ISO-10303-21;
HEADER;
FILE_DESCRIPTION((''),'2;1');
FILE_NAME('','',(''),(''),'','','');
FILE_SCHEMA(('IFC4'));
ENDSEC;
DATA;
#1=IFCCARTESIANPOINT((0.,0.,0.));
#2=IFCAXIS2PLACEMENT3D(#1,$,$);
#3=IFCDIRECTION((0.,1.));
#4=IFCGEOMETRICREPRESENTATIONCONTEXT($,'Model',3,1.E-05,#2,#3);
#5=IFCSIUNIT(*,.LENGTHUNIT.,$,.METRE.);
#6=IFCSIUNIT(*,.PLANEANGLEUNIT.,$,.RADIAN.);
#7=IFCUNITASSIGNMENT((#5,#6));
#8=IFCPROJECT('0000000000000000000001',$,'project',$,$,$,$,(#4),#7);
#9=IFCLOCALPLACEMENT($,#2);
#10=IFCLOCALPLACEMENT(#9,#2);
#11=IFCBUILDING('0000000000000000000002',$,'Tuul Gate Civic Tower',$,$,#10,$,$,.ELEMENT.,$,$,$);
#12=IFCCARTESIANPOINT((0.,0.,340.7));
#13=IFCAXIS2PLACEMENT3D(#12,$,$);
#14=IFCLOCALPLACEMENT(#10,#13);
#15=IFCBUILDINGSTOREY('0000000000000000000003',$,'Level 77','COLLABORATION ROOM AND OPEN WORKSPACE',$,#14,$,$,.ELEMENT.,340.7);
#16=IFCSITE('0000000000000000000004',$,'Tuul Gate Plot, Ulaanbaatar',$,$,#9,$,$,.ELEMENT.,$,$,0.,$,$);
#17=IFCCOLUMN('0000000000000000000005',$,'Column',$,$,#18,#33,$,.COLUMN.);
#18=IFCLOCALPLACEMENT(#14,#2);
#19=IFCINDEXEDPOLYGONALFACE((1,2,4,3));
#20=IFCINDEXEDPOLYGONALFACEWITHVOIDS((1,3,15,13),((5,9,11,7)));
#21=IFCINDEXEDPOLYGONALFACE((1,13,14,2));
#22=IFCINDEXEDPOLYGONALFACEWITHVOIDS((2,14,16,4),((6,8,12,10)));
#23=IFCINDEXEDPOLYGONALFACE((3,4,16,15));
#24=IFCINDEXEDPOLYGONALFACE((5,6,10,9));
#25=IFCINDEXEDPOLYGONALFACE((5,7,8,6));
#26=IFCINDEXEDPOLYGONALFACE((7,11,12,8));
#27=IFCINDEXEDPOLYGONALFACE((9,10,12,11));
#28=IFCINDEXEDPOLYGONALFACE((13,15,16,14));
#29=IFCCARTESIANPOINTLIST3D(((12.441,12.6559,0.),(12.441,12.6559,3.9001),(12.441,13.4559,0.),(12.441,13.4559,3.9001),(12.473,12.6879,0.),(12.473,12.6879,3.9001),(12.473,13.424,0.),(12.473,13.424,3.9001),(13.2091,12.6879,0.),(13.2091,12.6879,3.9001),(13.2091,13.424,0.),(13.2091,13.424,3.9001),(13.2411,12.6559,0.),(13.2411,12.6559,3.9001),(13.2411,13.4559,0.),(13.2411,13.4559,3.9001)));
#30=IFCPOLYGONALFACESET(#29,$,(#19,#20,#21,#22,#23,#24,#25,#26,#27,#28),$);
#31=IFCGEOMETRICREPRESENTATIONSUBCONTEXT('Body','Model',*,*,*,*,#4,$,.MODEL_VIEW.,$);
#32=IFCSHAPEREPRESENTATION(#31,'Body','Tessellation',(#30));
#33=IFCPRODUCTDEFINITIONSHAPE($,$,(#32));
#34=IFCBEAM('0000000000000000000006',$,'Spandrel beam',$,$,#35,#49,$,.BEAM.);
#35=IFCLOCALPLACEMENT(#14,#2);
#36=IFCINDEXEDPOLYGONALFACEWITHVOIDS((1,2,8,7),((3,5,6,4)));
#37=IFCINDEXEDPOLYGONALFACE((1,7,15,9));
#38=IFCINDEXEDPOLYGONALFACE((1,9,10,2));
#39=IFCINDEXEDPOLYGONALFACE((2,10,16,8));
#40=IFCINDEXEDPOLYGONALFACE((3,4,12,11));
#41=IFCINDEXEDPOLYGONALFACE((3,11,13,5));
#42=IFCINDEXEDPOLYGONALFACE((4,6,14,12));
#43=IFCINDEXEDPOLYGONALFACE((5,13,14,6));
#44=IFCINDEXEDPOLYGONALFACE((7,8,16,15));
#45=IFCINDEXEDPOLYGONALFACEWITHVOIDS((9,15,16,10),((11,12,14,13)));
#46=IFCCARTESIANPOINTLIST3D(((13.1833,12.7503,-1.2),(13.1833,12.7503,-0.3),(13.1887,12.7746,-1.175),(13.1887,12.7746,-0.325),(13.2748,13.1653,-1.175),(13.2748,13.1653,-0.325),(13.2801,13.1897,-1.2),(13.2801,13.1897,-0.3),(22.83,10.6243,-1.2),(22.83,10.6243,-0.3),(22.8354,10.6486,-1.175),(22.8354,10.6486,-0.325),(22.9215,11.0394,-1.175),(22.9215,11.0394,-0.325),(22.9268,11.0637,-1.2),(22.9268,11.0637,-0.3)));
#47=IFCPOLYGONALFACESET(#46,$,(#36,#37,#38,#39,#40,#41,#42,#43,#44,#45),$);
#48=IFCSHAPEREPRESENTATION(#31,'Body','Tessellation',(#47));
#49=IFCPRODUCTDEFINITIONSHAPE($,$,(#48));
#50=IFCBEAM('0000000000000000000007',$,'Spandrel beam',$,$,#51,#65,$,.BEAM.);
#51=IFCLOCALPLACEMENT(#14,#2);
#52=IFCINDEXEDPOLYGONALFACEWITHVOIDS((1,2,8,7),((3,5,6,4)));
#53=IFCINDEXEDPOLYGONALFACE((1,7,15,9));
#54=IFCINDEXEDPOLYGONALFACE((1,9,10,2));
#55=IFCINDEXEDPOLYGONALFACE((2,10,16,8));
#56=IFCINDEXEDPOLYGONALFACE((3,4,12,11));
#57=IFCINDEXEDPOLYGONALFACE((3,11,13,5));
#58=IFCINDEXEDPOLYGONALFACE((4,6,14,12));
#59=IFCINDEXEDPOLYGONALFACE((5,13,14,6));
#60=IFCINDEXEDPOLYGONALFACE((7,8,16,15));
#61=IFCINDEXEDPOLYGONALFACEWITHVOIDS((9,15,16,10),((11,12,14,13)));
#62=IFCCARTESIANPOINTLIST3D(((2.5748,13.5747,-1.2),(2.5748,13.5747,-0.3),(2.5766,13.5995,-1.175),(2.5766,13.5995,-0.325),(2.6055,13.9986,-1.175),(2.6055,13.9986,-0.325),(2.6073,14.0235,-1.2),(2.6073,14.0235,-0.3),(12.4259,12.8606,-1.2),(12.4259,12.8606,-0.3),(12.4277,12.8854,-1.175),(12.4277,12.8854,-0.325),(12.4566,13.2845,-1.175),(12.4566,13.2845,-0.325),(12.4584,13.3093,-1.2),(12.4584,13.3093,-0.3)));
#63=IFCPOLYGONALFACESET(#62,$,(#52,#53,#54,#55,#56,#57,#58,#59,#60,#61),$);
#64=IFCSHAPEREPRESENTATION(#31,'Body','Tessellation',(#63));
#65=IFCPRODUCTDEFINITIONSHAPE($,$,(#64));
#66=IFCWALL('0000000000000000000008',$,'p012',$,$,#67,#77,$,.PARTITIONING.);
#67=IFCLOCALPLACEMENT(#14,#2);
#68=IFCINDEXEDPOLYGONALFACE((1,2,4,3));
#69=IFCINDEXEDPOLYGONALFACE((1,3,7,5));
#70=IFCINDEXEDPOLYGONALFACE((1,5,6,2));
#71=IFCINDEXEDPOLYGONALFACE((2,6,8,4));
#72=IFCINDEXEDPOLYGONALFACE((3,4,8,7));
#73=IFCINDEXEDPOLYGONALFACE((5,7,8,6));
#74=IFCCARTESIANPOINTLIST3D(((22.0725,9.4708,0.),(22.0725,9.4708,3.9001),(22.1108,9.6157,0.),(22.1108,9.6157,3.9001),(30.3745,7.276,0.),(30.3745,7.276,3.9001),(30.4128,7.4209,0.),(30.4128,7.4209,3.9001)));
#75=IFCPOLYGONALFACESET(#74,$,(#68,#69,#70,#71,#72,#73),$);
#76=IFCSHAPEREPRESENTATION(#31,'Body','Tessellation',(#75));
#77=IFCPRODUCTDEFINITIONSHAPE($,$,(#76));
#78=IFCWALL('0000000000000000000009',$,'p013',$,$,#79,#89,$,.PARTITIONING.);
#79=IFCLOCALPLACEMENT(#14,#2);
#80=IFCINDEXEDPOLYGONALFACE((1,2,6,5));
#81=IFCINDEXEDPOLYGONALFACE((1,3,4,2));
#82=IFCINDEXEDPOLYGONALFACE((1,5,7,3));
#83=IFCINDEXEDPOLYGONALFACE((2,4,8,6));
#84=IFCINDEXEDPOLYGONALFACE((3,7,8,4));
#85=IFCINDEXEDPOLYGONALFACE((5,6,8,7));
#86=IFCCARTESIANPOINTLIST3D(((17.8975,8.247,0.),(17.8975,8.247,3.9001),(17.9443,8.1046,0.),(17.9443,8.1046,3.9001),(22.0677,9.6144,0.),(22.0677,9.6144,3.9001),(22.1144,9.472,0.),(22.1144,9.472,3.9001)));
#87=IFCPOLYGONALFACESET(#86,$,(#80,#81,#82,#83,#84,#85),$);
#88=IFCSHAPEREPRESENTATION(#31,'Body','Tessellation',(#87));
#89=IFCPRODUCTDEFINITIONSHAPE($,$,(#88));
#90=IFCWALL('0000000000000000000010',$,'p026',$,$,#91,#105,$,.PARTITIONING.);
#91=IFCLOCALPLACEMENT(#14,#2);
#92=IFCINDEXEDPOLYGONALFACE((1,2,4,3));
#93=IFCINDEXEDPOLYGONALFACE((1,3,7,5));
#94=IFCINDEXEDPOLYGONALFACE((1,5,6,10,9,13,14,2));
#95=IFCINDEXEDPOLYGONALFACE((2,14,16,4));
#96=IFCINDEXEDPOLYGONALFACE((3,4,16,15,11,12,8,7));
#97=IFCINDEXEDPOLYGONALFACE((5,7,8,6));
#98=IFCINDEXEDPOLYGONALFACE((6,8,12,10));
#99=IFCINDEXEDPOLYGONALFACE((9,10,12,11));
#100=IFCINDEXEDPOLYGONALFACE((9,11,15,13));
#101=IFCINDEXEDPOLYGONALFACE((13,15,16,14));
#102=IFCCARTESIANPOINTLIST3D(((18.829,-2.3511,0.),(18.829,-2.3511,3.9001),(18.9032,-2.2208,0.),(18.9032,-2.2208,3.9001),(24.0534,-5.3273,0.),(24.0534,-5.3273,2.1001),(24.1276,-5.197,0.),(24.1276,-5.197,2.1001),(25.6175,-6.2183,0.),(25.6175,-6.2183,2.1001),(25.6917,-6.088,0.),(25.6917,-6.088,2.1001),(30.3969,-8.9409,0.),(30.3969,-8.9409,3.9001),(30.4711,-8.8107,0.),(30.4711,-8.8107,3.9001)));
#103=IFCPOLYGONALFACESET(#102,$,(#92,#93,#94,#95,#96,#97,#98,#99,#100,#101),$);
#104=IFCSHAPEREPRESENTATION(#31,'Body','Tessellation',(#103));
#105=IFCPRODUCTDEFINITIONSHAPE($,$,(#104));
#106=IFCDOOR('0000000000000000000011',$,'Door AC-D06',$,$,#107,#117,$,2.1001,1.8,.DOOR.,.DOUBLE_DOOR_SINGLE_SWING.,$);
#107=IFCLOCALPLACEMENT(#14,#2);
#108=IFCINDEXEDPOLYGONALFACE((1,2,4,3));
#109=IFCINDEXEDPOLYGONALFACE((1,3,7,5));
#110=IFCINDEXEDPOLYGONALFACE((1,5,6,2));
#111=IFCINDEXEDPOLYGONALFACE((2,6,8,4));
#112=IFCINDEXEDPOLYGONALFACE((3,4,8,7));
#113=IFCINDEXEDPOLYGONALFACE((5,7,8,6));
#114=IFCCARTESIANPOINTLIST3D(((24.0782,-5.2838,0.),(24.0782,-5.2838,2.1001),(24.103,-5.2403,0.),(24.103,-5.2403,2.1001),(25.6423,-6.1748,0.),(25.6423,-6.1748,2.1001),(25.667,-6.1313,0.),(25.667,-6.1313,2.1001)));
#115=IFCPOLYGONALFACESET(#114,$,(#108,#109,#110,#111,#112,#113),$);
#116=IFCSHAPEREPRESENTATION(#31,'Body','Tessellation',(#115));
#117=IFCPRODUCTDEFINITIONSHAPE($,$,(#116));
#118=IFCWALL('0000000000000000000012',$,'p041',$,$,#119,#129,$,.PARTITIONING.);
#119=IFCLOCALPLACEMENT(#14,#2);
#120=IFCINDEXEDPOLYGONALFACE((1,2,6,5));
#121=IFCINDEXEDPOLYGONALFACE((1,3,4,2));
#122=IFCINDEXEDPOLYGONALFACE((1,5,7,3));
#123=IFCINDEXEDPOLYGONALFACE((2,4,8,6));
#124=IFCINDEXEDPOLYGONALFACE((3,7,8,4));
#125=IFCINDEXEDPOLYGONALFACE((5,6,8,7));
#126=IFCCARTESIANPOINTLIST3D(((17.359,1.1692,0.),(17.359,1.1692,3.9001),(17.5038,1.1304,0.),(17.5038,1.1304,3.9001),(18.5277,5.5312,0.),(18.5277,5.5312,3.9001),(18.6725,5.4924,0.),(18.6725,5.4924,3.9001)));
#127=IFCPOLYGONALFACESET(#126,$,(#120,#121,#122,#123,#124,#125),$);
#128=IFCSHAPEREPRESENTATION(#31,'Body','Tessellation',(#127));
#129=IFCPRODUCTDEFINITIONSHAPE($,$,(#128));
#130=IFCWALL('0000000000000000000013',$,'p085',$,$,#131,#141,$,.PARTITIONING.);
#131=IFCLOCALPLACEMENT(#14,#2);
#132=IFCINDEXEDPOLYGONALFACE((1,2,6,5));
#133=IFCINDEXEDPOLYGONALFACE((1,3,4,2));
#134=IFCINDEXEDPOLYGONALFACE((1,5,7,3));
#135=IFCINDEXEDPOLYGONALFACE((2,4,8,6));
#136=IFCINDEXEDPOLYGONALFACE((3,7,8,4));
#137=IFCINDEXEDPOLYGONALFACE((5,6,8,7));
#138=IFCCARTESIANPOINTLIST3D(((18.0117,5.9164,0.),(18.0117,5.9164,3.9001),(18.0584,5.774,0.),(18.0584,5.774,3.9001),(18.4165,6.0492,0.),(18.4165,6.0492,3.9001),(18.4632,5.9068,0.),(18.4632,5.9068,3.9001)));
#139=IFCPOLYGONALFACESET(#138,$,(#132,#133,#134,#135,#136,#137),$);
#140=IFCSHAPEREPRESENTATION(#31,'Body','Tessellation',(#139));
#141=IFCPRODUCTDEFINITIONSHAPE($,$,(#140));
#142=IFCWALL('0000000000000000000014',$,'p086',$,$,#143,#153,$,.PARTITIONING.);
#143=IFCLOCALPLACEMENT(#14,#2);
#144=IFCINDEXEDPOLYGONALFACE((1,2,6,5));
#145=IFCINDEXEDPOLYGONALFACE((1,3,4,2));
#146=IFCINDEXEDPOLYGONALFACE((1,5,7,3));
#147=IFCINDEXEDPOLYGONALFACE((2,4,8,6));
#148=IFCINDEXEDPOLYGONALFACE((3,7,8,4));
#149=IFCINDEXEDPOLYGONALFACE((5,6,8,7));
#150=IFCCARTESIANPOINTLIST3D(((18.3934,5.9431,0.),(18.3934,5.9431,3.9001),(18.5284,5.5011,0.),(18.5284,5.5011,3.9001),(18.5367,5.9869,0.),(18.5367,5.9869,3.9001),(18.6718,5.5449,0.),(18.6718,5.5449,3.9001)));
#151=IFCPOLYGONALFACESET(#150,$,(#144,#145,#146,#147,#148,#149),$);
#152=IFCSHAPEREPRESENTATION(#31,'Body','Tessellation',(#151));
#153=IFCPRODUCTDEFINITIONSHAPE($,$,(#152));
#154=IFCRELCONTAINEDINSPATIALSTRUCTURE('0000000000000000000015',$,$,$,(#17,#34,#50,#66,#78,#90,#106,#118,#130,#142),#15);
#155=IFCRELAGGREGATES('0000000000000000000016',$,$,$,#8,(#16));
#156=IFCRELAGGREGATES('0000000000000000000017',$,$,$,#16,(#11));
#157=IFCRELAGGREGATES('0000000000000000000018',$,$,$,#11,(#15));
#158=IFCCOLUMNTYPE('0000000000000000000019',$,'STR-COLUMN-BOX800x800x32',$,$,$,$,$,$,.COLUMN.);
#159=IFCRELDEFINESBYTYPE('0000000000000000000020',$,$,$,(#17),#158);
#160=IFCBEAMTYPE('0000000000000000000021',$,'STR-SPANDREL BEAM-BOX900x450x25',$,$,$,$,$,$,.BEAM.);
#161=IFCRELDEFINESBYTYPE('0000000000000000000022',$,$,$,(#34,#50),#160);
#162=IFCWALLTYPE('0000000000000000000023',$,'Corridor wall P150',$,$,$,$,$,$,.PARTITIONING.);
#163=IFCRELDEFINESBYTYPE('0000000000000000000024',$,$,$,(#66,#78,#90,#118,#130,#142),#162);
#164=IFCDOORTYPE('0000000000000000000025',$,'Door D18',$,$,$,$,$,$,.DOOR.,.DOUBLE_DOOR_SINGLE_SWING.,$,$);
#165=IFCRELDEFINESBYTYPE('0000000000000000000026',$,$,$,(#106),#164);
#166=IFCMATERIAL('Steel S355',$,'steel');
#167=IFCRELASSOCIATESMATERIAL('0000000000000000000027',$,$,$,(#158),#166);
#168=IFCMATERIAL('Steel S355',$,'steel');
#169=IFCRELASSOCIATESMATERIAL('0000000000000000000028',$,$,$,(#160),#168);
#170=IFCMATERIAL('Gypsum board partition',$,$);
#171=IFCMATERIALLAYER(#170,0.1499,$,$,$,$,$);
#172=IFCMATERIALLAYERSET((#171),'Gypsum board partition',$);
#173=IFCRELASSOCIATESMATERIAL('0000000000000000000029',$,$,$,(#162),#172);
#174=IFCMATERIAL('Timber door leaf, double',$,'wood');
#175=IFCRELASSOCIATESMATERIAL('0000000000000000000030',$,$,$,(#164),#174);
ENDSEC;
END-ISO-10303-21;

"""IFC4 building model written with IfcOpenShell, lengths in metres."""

from ifc_helpers import new_model, si_unit, direction, frame, frame_2d, origin, origin_2d, place, context, subcontext, project, spatial, rectangle, hollow_rectangle, extrude, material, layer, layer_set, material_profile, profile_set, type_object, element, fill, save


model = new_model("IFC4")

# Units and contexts
model_context = context("Model", 3, precision=1e-05, world=origin(), true_north=direction((0.0, 1.0)))
body_context = subcontext(model_context, "Body", "Model", "MODEL_VIEW")
ifc_project = project(units=[si_unit("LENGTHUNIT", "METRE"), si_unit("PLANEANGLEUNIT", "RADIAN")], contexts=[model_context])

# Site, building, storey
site_placement = place(None, origin())
site = spatial("IfcSite", under=ifc_project, at=site_placement, Name="Tuul Gate Plot, Ulaanbaatar", CompositionType="ELEMENT", RefElevation=0.0)
building_placement = place(site_placement, origin())
building = spatial("IfcBuilding", under=site, at=building_placement, Name="Tuul Gate Civic Tower", CompositionType="ELEMENT")
storey_placement = place(building_placement, frame((0.0, 0.0, 340.7)))
storey = spatial("IfcBuildingStorey", under=building, at=storey_placement, Name="Level 77", Description="COLLABORATION ROOM AND OPEN WORKSPACE", CompositionType="ELEMENT", Elevation=340.7)

# Column
ifc_material_1 = material(Name="Steel S355", Category="steel")
ifc_material_profile_1 = material_profile(ifc_material_1, hollow_rectangle(XDim=0.8, YDim=0.8, WallThickness=0.032, at=origin_2d()), Name="BOX800x800x32")
ifc_profile_set_1 = profile_set([ifc_material_profile_1], Name="Steel S355")
column_type = type_object("IfcColumnType", Name="STR-COLUMN-BOX800x800x32", PredefinedType="COLUMN", material=ifc_profile_set_1)
column_placement = place(storey_placement, frame((12.8411, 13.0559, 0.0), z_axis=(0.0, 0.0, 1.0), x_axis=(1.0, 0.0, 0.0)))
element("IfcColumn", 1, at=column_placement, inside=storey, type_object=column_type, Name="Column", PredefinedType="COLUMN", context=body_context, shape_type="SweptSolid", body=[
    extrude(hollow_rectangle(XDim=0.8, YDim=0.8, WallThickness=0.032, at=origin_2d()), origin(), (0.0, 0.0, 1.0), 3.9001),
])

# Beams
ifc_material_2 = material(Name="Steel S355", Category="steel")
ifc_material_profile_2 = material_profile(ifc_material_2, hollow_rectangle(XDim=0.45, YDim=0.8999, WallThickness=0.0249, at=origin_2d()), Name="BOX900x450x25")
ifc_profile_set_2 = profile_set([ifc_material_profile_2], Name="Steel S355")
beam_type = type_object("IfcBeamType", Name="STR-SPANDREL BEAM-BOX900x450x25", PredefinedType="BEAM", material=ifc_profile_set_2)
beam_1_placement = place(storey_placement, frame((22.8784, 10.844, -0.75), z_axis=(-0.976566, 0.215219, 0.0), x_axis=(-0.215219, -0.976566, 0.0)))
element("IfcBeam", 2, at=beam_1_placement, inside=storey, type_object=beam_type, Name="Spandrel beam", PredefinedType="BEAM", context=body_context, shape_type="SweptSolid", body=[
    extrude(hollow_rectangle(XDim=0.45, YDim=0.8999, WallThickness=0.0249, at=origin_2d()), origin(), (0.0, 0.0, 1.0), 9.8782),
])
beam_2_placement = place(storey_placement, frame((12.4421, 13.085, -0.75), z_axis=(-0.997383, 0.072301, 0.0), x_axis=(-0.072301, -0.997383, 0.0)))
element("IfcBeam", 3, at=beam_2_placement, inside=storey, type_object=beam_type, Name="Spandrel beam", PredefinedType="BEAM", context=body_context, shape_type="SweptSolid", body=[
    extrude(hollow_rectangle(XDim=0.45, YDim=0.8999, WallThickness=0.0249, at=origin_2d()), origin(), (0.0, 0.0, 1.0), 9.877),
])

# Walls
ifc_material_3 = material(Name="Gypsum board partition")
ifc_layer_1 = layer(ifc_material_3, 0.1499)
ifc_layer_set_1 = layer_set([ifc_layer_1], Name="Gypsum board partition")
wall_type_1 = type_object("IfcWallType", Name="Corridor wall P150", PredefinedType="PARTITIONING", material=ifc_layer_set_1)
wall_1_placement = place(storey_placement, frame((22.0918, 9.5432, 0.0), z_axis=(0.0, 0.0, 1.0), x_axis=(0.966785, -0.255592, 0.0)))
element("IfcWall", 4, at=wall_1_placement, inside=storey, type_object=wall_type_1, Name="p012", PredefinedType="PARTITIONING", context=body_context, shape_type="SweptSolid", body=[
    extrude(rectangle(XDim=8.5872, YDim=0.1499, at=frame_2d((4.2935, 0.0))), origin(), (0.0, 0.0, 1.0), 3.9001),
])
wall_2_placement = place(storey_placement, frame((17.9209, 8.1758, 0.0), z_axis=(0.0, 0.0, 1.0), x_axis=(0.950218, 0.311584, 0.0)))
element("IfcWall", 5, at=wall_2_placement, inside=storey, type_object=wall_type_1, Name="p013", PredefinedType="PARTITIONING", context=body_context, shape_type="SweptSolid", body=[
    extrude(rectangle(XDim=4.3887, YDim=0.1499, at=frame_2d((2.1943, 0.0))), origin(), (0.0, 0.0, 1.0), 3.9001),
])

# Wall, opening, door
wall_3_placement = place(storey_placement, frame((18.866, -2.2859, 0.0), z_axis=(0.0, 0.0, 1.0), x_axis=(0.868901, -0.494985, 0.0)))
wall_3 = element("IfcWall", 6, at=wall_3_placement, inside=storey, type_object=wall_type_1, Name="p026", PredefinedType="PARTITIONING", context=body_context, shape_type="SweptSolid", body=[
    extrude(rectangle(XDim=13.3132, YDim=0.1499, at=frame_2d((6.6567, 0.0))), origin(), (0.0, 0.0, 1.0), 3.9001),
])
opening_1_placement = place(wall_3_placement, frame((6.0129, 0.0, 0.0)))
opening_1 = element("IfcOpeningElement", 7, at=opening_1_placement, cuts=wall_3, PredefinedType="OPENING", context=body_context, shape_type="SweptSolid", body=[
    extrude(rectangle(XDim=1.8, YDim=2.1001, at=frame_2d((0.8999, 1.05))), frame((0.0, 0.085, 0.0), z_axis=(0.0, -1.0, 0.0), x_axis=(1.0, 0.0, 0.0)), (0.0, 0.0, 1.0), 0.1699),
])
ifc_material_4 = material(Name="Timber door leaf, double", Category="wood")
door_type_1 = type_object("IfcDoorType", Name="Door D18", OperationType="DOUBLE_DOOR_SINGLE_SWING", PredefinedType="DOOR", material=ifc_material_4)
door_1_placement = place(opening_1_placement, frame((1.8, 0.0, 0.0), z_axis=(0.0, 0.0, 1.0), x_axis=(-1.0, 0.0, 0.0)))
door_1 = element("IfcDoor", 8, at=door_1_placement, inside=storey, type_object=door_type_1, Name="Door AC-D06", OperationType="DOUBLE_DOOR_SINGLE_SWING", OverallHeight=2.1001, OverallWidth=1.8, PredefinedType="DOOR", context=body_context, shape_type="SweptSolid", body=[
    extrude(rectangle(XDim=1.8, YDim=2.1001, at=frame_2d((0.9001, 1.05))), frame((0.0, 0.0249, 0.0), z_axis=(0.0, -1.0, 0.0), x_axis=(1.0, 0.0, 0.0)), (0.0, 0.0, 1.0), 0.05),
])
fill(opening_1, door_1)

# Walls
wall_4_placement = place(storey_placement, frame((17.4314, 1.1499, 0.0), z_axis=(0.0, 0.0, 1.0), x_axis=(0.258796, 0.965932, 0.0)))
element("IfcWall", 9, at=wall_4_placement, inside=storey, type_object=wall_type_1, Name="p041", PredefinedType="PARTITIONING", context=body_context, shape_type="SweptSolid", body=[
    extrude(rectangle(XDim=4.5159, YDim=0.1499, at=frame_2d((2.2578, 0.0))), origin(), (0.0, 0.0, 1.0), 3.9001),
])
wall_5_placement = place(storey_placement, frame((18.0352, 5.8452, 0.0), z_axis=(0.0, 0.0, 1.0), x_axis=(0.950163, 0.311754, 0.0)))
element("IfcWall", 10, at=wall_5_placement, inside=storey, type_object=wall_type_1, Name="p085", PredefinedType="PARTITIONING", context=body_context, shape_type="SweptSolid", body=[
    extrude(rectangle(XDim=0.426, YDim=0.1499, at=frame_2d((0.2129, 0.0))), origin(), (0.0, 0.0, 1.0), 3.9001),
])
wall_6_placement = place(storey_placement, frame((18.4651, 5.9648, 0.0), z_axis=(0.0, 0.0, 1.0), x_axis=(0.292192, -0.95636, 0.0)))
element("IfcWall", 11, at=wall_6_placement, inside=storey, type_object=wall_type_1, Name="p086", PredefinedType="PARTITIONING", context=body_context, shape_type="SweptSolid", body=[
    extrude(rectangle(XDim=0.4622, YDim=0.1499, at=frame_2d((0.231, 0.0))), origin(), (0.0, 0.0, 1.0), 3.9001),
])

save(model, "model.ifc")
